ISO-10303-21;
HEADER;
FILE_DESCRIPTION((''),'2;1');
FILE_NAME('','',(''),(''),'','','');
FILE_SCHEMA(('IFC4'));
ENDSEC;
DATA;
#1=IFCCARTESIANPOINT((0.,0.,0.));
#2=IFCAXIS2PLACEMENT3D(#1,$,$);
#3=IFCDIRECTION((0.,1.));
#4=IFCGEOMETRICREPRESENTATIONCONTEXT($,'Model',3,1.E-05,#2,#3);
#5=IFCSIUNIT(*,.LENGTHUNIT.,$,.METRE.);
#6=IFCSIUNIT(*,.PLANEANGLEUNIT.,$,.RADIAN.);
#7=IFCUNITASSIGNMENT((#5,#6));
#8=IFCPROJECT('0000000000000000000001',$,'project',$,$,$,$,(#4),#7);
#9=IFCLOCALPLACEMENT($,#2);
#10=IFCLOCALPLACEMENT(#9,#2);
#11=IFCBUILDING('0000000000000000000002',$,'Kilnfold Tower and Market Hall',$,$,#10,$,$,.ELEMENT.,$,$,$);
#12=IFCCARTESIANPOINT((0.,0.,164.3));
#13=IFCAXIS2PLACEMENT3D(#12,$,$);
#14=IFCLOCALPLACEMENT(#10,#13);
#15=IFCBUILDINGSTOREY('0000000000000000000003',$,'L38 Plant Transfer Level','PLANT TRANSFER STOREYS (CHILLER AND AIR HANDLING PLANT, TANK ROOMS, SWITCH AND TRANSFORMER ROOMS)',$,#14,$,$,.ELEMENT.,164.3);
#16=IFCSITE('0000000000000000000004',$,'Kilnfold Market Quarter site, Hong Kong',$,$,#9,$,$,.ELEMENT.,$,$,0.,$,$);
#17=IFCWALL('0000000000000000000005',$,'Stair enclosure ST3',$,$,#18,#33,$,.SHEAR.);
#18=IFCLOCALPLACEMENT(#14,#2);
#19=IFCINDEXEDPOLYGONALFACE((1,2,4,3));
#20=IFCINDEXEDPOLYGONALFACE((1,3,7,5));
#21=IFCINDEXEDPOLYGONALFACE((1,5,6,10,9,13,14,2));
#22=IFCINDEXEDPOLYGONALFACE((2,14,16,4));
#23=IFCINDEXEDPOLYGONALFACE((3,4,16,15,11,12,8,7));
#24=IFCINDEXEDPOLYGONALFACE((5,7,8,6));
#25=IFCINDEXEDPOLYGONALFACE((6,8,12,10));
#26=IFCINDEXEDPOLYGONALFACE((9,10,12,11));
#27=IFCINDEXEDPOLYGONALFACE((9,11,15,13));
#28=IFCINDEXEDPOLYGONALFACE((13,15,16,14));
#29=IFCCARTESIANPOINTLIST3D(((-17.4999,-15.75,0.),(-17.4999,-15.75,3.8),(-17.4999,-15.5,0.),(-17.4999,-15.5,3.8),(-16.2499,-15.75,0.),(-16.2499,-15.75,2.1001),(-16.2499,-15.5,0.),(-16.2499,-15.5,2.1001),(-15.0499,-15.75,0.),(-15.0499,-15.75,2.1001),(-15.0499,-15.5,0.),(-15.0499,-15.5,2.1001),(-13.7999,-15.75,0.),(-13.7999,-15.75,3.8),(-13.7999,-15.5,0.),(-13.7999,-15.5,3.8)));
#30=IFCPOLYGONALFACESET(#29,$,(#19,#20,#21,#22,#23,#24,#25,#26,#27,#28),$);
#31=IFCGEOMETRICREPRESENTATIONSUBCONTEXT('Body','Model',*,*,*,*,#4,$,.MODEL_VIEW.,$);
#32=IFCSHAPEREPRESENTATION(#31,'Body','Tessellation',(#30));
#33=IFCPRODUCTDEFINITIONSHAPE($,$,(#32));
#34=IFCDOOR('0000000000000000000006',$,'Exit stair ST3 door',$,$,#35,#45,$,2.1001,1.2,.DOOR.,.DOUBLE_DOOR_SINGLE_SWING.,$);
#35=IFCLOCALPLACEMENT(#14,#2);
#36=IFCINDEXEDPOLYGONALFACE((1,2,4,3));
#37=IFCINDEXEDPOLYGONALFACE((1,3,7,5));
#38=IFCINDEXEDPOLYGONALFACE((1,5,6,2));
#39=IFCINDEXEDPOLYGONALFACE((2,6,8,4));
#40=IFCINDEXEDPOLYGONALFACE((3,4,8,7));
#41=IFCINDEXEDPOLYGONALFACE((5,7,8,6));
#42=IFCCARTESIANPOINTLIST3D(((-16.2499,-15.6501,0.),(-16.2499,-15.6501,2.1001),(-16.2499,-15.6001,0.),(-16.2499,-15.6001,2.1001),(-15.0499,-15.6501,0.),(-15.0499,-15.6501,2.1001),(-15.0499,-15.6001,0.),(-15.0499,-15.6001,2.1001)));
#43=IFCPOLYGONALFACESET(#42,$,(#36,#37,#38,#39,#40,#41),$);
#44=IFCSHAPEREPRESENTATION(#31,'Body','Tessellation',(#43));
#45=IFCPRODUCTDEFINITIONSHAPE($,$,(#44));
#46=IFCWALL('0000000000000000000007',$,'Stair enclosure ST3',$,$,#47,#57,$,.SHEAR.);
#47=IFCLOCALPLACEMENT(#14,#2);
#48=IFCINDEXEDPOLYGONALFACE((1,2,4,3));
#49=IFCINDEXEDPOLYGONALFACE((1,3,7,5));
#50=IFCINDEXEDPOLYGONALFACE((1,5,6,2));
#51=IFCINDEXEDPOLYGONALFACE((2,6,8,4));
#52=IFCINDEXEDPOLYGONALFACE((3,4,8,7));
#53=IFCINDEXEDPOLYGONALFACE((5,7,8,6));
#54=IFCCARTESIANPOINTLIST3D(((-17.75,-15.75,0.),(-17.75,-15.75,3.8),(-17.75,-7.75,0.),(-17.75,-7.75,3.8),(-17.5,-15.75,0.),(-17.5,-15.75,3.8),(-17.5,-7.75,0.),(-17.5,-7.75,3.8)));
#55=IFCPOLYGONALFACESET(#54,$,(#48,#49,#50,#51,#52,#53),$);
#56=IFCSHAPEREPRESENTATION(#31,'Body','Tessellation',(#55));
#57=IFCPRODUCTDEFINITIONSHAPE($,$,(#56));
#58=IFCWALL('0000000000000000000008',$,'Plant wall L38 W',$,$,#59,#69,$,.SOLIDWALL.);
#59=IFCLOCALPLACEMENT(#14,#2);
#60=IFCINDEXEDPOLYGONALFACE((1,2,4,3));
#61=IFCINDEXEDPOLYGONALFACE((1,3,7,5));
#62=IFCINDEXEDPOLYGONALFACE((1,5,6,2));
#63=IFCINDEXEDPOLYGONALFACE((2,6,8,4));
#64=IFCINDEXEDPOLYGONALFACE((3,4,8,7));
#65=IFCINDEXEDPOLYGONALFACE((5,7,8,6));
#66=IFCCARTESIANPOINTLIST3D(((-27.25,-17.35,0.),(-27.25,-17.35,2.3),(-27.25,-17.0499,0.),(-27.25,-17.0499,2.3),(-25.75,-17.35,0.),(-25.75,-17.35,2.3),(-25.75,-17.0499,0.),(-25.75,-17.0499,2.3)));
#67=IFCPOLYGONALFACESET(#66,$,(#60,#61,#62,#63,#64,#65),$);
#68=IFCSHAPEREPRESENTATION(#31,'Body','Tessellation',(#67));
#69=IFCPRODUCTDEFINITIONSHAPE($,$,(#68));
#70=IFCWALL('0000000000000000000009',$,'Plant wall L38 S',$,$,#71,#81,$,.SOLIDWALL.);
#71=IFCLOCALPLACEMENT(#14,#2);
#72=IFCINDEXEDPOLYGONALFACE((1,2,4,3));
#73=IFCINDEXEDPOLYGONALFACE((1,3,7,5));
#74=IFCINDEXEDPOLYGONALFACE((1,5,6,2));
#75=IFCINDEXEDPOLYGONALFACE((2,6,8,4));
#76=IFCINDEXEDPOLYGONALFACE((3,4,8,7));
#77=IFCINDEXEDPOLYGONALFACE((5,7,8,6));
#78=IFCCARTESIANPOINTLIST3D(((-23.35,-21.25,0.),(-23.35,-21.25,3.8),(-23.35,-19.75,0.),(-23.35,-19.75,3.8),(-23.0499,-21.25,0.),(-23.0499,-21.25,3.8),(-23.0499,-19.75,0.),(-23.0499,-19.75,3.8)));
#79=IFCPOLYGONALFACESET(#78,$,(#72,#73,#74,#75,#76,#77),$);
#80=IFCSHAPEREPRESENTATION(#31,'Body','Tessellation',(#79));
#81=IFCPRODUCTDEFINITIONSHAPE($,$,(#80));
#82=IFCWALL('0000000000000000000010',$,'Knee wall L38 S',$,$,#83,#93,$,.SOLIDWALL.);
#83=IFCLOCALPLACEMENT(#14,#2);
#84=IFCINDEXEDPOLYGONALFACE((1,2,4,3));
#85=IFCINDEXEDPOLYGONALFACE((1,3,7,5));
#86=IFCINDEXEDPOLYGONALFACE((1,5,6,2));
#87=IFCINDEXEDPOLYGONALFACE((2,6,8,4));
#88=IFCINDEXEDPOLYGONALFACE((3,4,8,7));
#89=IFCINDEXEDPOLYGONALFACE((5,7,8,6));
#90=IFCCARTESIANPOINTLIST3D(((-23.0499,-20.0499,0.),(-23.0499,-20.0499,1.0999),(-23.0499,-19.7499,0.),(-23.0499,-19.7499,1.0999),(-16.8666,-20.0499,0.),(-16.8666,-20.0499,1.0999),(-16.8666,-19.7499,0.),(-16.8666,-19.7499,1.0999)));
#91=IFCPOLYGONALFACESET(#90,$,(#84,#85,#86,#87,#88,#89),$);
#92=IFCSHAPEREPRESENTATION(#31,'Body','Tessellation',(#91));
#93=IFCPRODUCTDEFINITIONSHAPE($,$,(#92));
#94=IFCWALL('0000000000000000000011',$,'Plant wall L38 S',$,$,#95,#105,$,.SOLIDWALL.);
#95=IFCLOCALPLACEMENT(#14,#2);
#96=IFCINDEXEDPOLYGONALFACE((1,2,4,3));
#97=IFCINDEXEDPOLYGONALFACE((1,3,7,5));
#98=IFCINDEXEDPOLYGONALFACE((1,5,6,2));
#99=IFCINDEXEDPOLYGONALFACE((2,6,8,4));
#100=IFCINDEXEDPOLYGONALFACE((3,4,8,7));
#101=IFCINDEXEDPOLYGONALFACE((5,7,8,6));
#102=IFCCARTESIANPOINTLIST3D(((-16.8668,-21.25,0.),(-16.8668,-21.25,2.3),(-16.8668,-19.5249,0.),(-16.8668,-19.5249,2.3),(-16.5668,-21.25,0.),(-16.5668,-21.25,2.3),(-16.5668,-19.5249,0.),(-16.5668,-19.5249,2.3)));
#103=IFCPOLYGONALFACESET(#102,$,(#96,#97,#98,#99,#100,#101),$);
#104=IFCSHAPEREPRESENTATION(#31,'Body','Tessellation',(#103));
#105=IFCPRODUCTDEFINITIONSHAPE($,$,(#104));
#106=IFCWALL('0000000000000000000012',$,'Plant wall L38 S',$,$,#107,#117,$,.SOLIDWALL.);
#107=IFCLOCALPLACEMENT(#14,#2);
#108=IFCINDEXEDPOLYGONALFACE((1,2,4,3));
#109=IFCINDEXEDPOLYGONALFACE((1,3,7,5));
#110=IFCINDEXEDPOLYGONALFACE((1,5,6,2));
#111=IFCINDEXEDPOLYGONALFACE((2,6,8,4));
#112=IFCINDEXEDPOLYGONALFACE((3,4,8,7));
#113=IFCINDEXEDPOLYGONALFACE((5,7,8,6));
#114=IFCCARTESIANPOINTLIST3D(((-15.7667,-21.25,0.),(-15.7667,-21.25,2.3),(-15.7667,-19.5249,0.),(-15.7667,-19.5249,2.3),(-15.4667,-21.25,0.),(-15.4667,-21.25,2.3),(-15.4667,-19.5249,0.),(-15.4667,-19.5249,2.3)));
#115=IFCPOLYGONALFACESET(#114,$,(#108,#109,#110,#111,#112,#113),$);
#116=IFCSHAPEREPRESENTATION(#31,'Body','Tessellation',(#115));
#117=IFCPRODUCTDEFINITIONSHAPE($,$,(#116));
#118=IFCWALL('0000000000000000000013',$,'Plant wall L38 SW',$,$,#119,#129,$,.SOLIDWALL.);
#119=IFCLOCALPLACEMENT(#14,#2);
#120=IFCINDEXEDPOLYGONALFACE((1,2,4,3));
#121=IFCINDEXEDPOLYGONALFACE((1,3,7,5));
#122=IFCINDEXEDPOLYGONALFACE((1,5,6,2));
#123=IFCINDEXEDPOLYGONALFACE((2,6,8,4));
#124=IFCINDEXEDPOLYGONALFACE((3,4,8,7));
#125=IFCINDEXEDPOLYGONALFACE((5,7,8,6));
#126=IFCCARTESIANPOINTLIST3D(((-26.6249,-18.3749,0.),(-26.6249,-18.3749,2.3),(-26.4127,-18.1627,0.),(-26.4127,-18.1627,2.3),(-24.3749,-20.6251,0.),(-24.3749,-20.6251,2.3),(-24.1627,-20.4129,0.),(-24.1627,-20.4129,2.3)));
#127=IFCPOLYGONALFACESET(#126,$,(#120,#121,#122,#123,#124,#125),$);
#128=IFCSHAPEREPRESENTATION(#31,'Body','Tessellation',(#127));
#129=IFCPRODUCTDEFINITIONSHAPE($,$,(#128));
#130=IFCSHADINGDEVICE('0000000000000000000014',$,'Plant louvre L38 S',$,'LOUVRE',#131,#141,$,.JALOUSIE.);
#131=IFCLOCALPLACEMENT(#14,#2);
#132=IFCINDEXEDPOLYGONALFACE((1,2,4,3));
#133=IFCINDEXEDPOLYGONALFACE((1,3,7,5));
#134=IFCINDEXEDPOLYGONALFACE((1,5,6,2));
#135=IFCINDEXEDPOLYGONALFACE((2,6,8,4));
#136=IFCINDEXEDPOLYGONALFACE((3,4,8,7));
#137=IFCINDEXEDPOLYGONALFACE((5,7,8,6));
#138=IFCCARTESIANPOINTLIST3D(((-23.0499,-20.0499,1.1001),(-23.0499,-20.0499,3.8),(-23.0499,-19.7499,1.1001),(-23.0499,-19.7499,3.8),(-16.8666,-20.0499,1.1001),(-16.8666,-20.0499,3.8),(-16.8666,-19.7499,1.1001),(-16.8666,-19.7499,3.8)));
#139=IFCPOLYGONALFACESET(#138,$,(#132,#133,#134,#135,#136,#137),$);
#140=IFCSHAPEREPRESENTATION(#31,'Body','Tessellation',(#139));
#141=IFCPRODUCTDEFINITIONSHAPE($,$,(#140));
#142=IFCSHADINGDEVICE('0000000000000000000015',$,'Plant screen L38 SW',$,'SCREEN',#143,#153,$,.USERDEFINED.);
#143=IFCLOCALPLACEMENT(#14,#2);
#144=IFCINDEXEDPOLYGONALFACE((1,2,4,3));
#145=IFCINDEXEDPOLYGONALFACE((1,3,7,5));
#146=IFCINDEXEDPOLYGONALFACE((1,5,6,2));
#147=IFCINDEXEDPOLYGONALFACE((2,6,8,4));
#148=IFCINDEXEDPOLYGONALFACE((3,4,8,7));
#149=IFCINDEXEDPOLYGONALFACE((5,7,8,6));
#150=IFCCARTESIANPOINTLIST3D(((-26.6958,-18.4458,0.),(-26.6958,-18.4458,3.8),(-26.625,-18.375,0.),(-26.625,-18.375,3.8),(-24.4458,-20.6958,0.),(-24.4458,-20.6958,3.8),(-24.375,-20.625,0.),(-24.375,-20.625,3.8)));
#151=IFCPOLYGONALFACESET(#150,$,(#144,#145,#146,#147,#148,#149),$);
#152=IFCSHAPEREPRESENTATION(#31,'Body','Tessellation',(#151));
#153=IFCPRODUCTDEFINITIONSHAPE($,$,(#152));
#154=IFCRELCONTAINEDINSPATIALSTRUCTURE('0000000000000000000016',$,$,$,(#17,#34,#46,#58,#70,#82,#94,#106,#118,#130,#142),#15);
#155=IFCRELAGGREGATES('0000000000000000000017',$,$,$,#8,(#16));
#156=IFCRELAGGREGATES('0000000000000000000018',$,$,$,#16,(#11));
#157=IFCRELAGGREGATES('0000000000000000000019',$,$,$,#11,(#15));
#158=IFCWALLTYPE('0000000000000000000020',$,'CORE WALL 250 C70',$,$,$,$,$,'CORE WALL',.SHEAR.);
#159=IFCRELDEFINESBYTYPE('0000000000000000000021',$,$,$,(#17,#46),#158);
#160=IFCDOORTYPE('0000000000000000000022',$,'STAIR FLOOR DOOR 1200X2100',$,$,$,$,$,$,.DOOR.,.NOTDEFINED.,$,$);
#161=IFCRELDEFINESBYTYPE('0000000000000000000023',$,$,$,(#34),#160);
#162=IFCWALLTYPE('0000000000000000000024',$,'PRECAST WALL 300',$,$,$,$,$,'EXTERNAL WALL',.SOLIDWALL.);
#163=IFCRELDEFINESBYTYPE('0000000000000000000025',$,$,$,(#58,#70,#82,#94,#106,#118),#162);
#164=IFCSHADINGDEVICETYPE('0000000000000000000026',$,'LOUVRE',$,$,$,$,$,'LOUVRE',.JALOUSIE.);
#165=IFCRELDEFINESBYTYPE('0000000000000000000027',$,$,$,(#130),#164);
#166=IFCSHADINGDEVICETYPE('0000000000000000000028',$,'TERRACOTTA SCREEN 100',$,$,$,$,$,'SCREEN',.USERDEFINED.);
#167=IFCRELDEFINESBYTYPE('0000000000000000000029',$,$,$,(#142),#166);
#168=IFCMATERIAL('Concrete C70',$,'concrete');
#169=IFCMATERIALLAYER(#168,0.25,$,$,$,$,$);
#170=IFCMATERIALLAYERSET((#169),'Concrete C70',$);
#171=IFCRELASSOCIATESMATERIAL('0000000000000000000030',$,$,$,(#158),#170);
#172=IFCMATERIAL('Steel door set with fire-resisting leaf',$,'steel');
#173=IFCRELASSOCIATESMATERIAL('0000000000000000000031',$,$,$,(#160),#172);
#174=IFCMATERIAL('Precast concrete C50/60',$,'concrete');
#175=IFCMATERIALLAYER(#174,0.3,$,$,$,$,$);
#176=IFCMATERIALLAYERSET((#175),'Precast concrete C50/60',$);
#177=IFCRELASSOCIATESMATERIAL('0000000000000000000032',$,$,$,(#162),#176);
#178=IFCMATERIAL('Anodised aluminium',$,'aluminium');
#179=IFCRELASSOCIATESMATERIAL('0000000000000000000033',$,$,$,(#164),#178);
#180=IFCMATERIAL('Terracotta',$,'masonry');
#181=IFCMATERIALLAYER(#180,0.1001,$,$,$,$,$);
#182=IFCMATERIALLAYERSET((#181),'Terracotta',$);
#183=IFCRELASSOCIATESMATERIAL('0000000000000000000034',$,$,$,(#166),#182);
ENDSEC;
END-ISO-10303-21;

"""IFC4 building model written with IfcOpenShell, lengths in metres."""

from ifc_helpers import new_model, si_unit, direction, frame, frame_2d, origin, origin_2d, place, context, subcontext, project, spatial, rectangle, extrude, source, transform, mapped, material, layer, layer_set, type_object, element, fill, save


model = new_model("IFC4")

# Units and contexts
model_context = context("Model", 3, precision=1e-05, world=origin(), true_north=direction((0.0, 1.0)))
body_context = subcontext(model_context, "Body", "Model", "MODEL_VIEW")
ifc_project = project(units=[si_unit("LENGTHUNIT", "METRE"), si_unit("PLANEANGLEUNIT", "RADIAN")], contexts=[model_context])

# Site, building, storey
site_placement = place(None, origin())
site = spatial("IfcSite", under=ifc_project, at=site_placement, Name="Kilnfold Market Quarter site, Hong Kong", CompositionType="ELEMENT", RefElevation=0.0)
building_placement = place(site_placement, origin())
building = spatial("IfcBuilding", under=site, at=building_placement, Name="Kilnfold Tower and Market Hall", CompositionType="ELEMENT")
storey_placement = place(building_placement, frame((0.0, 0.0, 164.3)))
storey = spatial("IfcBuildingStorey", under=building, at=storey_placement, Name="L38 Plant Transfer Level", Description="PLANT TRANSFER STOREYS (CHILLER AND AIR HANDLING PLANT, TANK ROOMS, SWITCH AND TRANSFORMER ROOMS)", CompositionType="ELEMENT", Elevation=164.3)

# Wall, opening, door
ifc_material_1 = material(Name="Concrete C70", Category="concrete")
ifc_layer_1 = layer(ifc_material_1, 0.25)
ifc_layer_set_1 = layer_set([ifc_layer_1], Name="Concrete C70")
wall_type_1 = type_object("IfcWallType", Name="CORE WALL 250 C70", ElementType="CORE WALL", PredefinedType="SHEAR", material=ifc_layer_set_1)
shared_shape_1 = source(origin(), body_context, "Body", "SweptSolid", [
    extrude(rectangle(XDim=3.7, YDim=0.25, at=frame_2d((1.8501, 0.0))), origin(), (0.0, 0.0, 1.0), 3.8),
])
wall_1_placement = place(storey_placement, frame((-17.5, -15.625, 0.0), z_axis=(0.0, 0.0, 1.0), x_axis=(1.0, 0.0, 0.0)))
wall_1 = element("IfcWall", 1, at=wall_1_placement, inside=storey, type_object=wall_type_1, Name="Stair enclosure ST3", PredefinedType="SHEAR", context=body_context, shape_type="MappedRepresentation", body=[
    mapped(shared_shape_1, transform((0.0, 0.0, 0.0))),
])
opening_placement = place(wall_1_placement, frame((1.25, 0.0, 0.0)))
opening = element("IfcOpeningElement", 2, at=opening_placement, cuts=wall_1, PredefinedType="OPENING", context=body_context, shape_type="SweptSolid", body=[
    extrude(rectangle(XDim=1.2, YDim=2.1001, at=frame_2d((0.6001, 1.05))), frame((0.0, 0.135, 0.0), z_axis=(0.0, -1.0, 0.0), x_axis=(1.0, 0.0, 0.0)), (0.0, 0.0, 1.0), 0.27),
])
ifc_material_2 = material(Name="Steel door set with fire-resisting leaf", Category="steel")
door_type = type_object("IfcDoorType", Name="STAIR FLOOR DOOR 1200X2100", OperationType="NOTDEFINED", PredefinedType="DOOR", material=ifc_material_2)
door_placement = place(opening_placement, origin())
door = element("IfcDoor", 3, at=door_placement, inside=storey, type_object=door_type, Name="Exit stair ST3 door", OperationType="DOUBLE_DOOR_SINGLE_SWING", OverallHeight=2.1001, OverallWidth=1.2, PredefinedType="DOOR", context=body_context, shape_type="SweptSolid", body=[
    extrude(rectangle(XDim=1.2, YDim=2.1001, at=frame_2d((0.6001, 1.05))), frame((0.0, 0.0249, 0.0), z_axis=(0.0, -1.0, 0.0), x_axis=(1.0, 0.0, 0.0)), (0.0, 0.0, 1.0), 0.05),
])
fill(opening, door)

# Walls
shared_shape_2 = source(origin(), body_context, "Body", "SweptSolid", [
    extrude(rectangle(XDim=8.0, YDim=0.25, at=frame_2d((4.0, 0.0))), origin(), (0.0, 0.0, 1.0), 3.8),
])
wall_2_placement = place(storey_placement, frame((-17.625, -15.75, 0.0), z_axis=(0.0, 0.0, 1.0), x_axis=(0.0, 1.0, 0.0)))
element("IfcWall", 4, at=wall_2_placement, inside=storey, type_object=wall_type_1, Name="Stair enclosure ST3", PredefinedType="SHEAR", context=body_context, shape_type="MappedRepresentation", body=[
    mapped(shared_shape_2, transform((0.0, 0.0, 0.0))),
])
ifc_material_3 = material(Name="Precast concrete C50/60", Category="concrete")
ifc_layer_2 = layer(ifc_material_3, 0.3)
ifc_layer_set_2 = layer_set([ifc_layer_2], Name="Precast concrete C50/60")
wall_type_2 = type_object("IfcWallType", Name="PRECAST WALL 300", ElementType="EXTERNAL WALL", PredefinedType="SOLIDWALL", material=ifc_layer_set_2)
shared_shape_3 = source(origin(), body_context, "Body", "SweptSolid", [
    extrude(rectangle(XDim=1.5, YDim=0.3, at=frame_2d((0.75, 0.0))), origin(), (0.0, 0.0, 1.0), 2.3),
])
wall_3_placement = place(storey_placement, frame((-27.25, -17.2, 0.0), z_axis=(0.0, 0.0, 1.0), x_axis=(1.0, 0.0, 0.0)))
element("IfcWall", 5, at=wall_3_placement, inside=storey, type_object=wall_type_2, Name="Plant wall L38 W", PredefinedType="SOLIDWALL", context=body_context, shape_type="MappedRepresentation", body=[
    mapped(shared_shape_3, transform((0.0, 0.0, 0.0))),
])
shared_shape_4 = source(origin(), body_context, "Body", "SweptSolid", [
    extrude(rectangle(XDim=1.5, YDim=0.3, at=frame_2d((0.75, 0.0))), origin(), (0.0, 0.0, 1.0), 3.8),
])
wall_4_placement = place(storey_placement, frame((-23.2, -21.25, 0.0), z_axis=(0.0, 0.0, 1.0), x_axis=(0.0, 1.0, 0.0)))
element("IfcWall", 6, at=wall_4_placement, inside=storey, type_object=wall_type_2, Name="Plant wall L38 S", PredefinedType="SOLIDWALL", context=body_context, shape_type="MappedRepresentation", body=[
    mapped(shared_shape_4, transform((0.0, 0.0, 0.0))),
])
shared_shape_5 = source(origin(), body_context, "Body", "SweptSolid", [
    extrude(rectangle(XDim=6.1833, YDim=0.3, at=frame_2d((3.0918, 0.0))), origin(), (0.0, 0.0, 1.0), 1.0999),
])
wall_5_placement = place(storey_placement, frame((-23.05, -19.8999, 0.0), z_axis=(0.0, 0.0, 1.0), x_axis=(1.0, 0.0, 0.0)))
element("IfcWall", 7, at=wall_5_placement, inside=storey, type_object=wall_type_2, Name="Knee wall L38 S", PredefinedType="SOLIDWALL", context=body_context, shape_type="MappedRepresentation", body=[
    mapped(shared_shape_5, transform((0.0, 0.0, 0.0))),
])
shared_shape_6 = source(origin(), body_context, "Body", "SweptSolid", [
    extrude(rectangle(XDim=1.7251, YDim=0.3, at=frame_2d((0.8625, 0.0))), origin(), (0.0, 0.0, 1.0), 2.3),
])
for number, where, z_axis, x_axis, name in (
    (8, (-16.7168, -21.25, 0.0), (0.0, 0.0, 1.0), (0.0, 1.0, 0.0), "Plant wall L38 S"),
    (9, (-15.6167, -21.25, 0.0), (0.0, 0.0, 1.0), (0.0, 1.0, 0.0), "Plant wall L38 S"),
):
    element("IfcWall", number, at=place(storey_placement, frame(where, z_axis=z_axis, x_axis=x_axis)), inside=storey, type_object=wall_type_2, Name=name, PredefinedType="SOLIDWALL", context=body_context, shape_type="MappedRepresentation", body=[
        mapped(shared_shape_6, transform((0.0, 0.0, 0.0))),
    ])
shared_shape_7 = source(origin(), body_context, "Body", "SweptSolid", [
    extrude(rectangle(XDim=3.1821, YDim=0.3, at=frame_2d((1.5911, 0.0))), origin(), (0.0, 0.0, 1.0), 2.3),
])
wall_6_placement = place(storey_placement, frame((-26.5188, -18.2688, 0.0), z_axis=(0.0, 0.0, 1.0), x_axis=(0.707068, -0.707145, 0.0)))
element("IfcWall", 10, at=wall_6_placement, inside=storey, type_object=wall_type_2, Name="Plant wall L38 SW", PredefinedType="SOLIDWALL", context=body_context, shape_type="MappedRepresentation", body=[
    mapped(shared_shape_7, transform((0.0, 0.0, 0.0))),
])

# Shading devices
ifc_material_4 = material(Name="Anodised aluminium", Category="aluminium")
shading_device_type_1 = type_object("IfcShadingDeviceType", Name="LOUVRE", ElementType="LOUVRE", PredefinedType="JALOUSIE", material=ifc_material_4)
shared_shape_8 = source(origin(), body_context, "Body", "SweptSolid", [
    extrude(rectangle(XDim=6.1833, YDim=0.3, at=origin_2d()), origin(), (0.0, 0.0, 1.0), 2.7),
])
shading_device_1_placement = place(storey_placement, frame((-19.9583, -19.8999, 1.1001), z_axis=(0.0, 0.0, 1.0), x_axis=(1.0, 0.0, 0.0)))
element("IfcShadingDevice", 11, at=shading_device_1_placement, inside=storey, type_object=shading_device_type_1, Name="Plant louvre L38 S", ObjectType="LOUVRE", PredefinedType="JALOUSIE", context=body_context, shape_type="MappedRepresentation", body=[
    mapped(shared_shape_8, transform((0.0, 0.0, 0.0))),
])
ifc_material_5 = material(Name="Terracotta", Category="masonry")
ifc_layer_3 = layer(ifc_material_5, 0.1001)
ifc_layer_set_3 = layer_set([ifc_layer_3], Name="Terracotta")
shading_device_type_2 = type_object("IfcShadingDeviceType", Name="TERRACOTTA SCREEN 100", ElementType="SCREEN", PredefinedType="USERDEFINED", material=ifc_layer_set_3)
shared_shape_9 = source(origin(), body_context, "Body", "SweptSolid", [
    extrude(rectangle(XDim=3.1819, YDim=0.1001, at=origin_2d()), origin(), (0.0, 0.0, 1.0), 3.8),
])
shading_device_2_placement = place(storey_placement, frame((-25.5354, -19.5354, 0.0), z_axis=(0.0, 0.0, 1.0), x_axis=(0.707107, -0.707107, 0.0)))
element("IfcShadingDevice", 12, at=shading_device_2_placement, inside=storey, type_object=shading_device_type_2, Name="Plant screen L38 SW", ObjectType="SCREEN", PredefinedType="USERDEFINED", context=body_context, shape_type="MappedRepresentation", body=[
    mapped(shared_shape_9, transform((0.0, 0.0, 0.0))),
])

save(model, "model.ifc")
